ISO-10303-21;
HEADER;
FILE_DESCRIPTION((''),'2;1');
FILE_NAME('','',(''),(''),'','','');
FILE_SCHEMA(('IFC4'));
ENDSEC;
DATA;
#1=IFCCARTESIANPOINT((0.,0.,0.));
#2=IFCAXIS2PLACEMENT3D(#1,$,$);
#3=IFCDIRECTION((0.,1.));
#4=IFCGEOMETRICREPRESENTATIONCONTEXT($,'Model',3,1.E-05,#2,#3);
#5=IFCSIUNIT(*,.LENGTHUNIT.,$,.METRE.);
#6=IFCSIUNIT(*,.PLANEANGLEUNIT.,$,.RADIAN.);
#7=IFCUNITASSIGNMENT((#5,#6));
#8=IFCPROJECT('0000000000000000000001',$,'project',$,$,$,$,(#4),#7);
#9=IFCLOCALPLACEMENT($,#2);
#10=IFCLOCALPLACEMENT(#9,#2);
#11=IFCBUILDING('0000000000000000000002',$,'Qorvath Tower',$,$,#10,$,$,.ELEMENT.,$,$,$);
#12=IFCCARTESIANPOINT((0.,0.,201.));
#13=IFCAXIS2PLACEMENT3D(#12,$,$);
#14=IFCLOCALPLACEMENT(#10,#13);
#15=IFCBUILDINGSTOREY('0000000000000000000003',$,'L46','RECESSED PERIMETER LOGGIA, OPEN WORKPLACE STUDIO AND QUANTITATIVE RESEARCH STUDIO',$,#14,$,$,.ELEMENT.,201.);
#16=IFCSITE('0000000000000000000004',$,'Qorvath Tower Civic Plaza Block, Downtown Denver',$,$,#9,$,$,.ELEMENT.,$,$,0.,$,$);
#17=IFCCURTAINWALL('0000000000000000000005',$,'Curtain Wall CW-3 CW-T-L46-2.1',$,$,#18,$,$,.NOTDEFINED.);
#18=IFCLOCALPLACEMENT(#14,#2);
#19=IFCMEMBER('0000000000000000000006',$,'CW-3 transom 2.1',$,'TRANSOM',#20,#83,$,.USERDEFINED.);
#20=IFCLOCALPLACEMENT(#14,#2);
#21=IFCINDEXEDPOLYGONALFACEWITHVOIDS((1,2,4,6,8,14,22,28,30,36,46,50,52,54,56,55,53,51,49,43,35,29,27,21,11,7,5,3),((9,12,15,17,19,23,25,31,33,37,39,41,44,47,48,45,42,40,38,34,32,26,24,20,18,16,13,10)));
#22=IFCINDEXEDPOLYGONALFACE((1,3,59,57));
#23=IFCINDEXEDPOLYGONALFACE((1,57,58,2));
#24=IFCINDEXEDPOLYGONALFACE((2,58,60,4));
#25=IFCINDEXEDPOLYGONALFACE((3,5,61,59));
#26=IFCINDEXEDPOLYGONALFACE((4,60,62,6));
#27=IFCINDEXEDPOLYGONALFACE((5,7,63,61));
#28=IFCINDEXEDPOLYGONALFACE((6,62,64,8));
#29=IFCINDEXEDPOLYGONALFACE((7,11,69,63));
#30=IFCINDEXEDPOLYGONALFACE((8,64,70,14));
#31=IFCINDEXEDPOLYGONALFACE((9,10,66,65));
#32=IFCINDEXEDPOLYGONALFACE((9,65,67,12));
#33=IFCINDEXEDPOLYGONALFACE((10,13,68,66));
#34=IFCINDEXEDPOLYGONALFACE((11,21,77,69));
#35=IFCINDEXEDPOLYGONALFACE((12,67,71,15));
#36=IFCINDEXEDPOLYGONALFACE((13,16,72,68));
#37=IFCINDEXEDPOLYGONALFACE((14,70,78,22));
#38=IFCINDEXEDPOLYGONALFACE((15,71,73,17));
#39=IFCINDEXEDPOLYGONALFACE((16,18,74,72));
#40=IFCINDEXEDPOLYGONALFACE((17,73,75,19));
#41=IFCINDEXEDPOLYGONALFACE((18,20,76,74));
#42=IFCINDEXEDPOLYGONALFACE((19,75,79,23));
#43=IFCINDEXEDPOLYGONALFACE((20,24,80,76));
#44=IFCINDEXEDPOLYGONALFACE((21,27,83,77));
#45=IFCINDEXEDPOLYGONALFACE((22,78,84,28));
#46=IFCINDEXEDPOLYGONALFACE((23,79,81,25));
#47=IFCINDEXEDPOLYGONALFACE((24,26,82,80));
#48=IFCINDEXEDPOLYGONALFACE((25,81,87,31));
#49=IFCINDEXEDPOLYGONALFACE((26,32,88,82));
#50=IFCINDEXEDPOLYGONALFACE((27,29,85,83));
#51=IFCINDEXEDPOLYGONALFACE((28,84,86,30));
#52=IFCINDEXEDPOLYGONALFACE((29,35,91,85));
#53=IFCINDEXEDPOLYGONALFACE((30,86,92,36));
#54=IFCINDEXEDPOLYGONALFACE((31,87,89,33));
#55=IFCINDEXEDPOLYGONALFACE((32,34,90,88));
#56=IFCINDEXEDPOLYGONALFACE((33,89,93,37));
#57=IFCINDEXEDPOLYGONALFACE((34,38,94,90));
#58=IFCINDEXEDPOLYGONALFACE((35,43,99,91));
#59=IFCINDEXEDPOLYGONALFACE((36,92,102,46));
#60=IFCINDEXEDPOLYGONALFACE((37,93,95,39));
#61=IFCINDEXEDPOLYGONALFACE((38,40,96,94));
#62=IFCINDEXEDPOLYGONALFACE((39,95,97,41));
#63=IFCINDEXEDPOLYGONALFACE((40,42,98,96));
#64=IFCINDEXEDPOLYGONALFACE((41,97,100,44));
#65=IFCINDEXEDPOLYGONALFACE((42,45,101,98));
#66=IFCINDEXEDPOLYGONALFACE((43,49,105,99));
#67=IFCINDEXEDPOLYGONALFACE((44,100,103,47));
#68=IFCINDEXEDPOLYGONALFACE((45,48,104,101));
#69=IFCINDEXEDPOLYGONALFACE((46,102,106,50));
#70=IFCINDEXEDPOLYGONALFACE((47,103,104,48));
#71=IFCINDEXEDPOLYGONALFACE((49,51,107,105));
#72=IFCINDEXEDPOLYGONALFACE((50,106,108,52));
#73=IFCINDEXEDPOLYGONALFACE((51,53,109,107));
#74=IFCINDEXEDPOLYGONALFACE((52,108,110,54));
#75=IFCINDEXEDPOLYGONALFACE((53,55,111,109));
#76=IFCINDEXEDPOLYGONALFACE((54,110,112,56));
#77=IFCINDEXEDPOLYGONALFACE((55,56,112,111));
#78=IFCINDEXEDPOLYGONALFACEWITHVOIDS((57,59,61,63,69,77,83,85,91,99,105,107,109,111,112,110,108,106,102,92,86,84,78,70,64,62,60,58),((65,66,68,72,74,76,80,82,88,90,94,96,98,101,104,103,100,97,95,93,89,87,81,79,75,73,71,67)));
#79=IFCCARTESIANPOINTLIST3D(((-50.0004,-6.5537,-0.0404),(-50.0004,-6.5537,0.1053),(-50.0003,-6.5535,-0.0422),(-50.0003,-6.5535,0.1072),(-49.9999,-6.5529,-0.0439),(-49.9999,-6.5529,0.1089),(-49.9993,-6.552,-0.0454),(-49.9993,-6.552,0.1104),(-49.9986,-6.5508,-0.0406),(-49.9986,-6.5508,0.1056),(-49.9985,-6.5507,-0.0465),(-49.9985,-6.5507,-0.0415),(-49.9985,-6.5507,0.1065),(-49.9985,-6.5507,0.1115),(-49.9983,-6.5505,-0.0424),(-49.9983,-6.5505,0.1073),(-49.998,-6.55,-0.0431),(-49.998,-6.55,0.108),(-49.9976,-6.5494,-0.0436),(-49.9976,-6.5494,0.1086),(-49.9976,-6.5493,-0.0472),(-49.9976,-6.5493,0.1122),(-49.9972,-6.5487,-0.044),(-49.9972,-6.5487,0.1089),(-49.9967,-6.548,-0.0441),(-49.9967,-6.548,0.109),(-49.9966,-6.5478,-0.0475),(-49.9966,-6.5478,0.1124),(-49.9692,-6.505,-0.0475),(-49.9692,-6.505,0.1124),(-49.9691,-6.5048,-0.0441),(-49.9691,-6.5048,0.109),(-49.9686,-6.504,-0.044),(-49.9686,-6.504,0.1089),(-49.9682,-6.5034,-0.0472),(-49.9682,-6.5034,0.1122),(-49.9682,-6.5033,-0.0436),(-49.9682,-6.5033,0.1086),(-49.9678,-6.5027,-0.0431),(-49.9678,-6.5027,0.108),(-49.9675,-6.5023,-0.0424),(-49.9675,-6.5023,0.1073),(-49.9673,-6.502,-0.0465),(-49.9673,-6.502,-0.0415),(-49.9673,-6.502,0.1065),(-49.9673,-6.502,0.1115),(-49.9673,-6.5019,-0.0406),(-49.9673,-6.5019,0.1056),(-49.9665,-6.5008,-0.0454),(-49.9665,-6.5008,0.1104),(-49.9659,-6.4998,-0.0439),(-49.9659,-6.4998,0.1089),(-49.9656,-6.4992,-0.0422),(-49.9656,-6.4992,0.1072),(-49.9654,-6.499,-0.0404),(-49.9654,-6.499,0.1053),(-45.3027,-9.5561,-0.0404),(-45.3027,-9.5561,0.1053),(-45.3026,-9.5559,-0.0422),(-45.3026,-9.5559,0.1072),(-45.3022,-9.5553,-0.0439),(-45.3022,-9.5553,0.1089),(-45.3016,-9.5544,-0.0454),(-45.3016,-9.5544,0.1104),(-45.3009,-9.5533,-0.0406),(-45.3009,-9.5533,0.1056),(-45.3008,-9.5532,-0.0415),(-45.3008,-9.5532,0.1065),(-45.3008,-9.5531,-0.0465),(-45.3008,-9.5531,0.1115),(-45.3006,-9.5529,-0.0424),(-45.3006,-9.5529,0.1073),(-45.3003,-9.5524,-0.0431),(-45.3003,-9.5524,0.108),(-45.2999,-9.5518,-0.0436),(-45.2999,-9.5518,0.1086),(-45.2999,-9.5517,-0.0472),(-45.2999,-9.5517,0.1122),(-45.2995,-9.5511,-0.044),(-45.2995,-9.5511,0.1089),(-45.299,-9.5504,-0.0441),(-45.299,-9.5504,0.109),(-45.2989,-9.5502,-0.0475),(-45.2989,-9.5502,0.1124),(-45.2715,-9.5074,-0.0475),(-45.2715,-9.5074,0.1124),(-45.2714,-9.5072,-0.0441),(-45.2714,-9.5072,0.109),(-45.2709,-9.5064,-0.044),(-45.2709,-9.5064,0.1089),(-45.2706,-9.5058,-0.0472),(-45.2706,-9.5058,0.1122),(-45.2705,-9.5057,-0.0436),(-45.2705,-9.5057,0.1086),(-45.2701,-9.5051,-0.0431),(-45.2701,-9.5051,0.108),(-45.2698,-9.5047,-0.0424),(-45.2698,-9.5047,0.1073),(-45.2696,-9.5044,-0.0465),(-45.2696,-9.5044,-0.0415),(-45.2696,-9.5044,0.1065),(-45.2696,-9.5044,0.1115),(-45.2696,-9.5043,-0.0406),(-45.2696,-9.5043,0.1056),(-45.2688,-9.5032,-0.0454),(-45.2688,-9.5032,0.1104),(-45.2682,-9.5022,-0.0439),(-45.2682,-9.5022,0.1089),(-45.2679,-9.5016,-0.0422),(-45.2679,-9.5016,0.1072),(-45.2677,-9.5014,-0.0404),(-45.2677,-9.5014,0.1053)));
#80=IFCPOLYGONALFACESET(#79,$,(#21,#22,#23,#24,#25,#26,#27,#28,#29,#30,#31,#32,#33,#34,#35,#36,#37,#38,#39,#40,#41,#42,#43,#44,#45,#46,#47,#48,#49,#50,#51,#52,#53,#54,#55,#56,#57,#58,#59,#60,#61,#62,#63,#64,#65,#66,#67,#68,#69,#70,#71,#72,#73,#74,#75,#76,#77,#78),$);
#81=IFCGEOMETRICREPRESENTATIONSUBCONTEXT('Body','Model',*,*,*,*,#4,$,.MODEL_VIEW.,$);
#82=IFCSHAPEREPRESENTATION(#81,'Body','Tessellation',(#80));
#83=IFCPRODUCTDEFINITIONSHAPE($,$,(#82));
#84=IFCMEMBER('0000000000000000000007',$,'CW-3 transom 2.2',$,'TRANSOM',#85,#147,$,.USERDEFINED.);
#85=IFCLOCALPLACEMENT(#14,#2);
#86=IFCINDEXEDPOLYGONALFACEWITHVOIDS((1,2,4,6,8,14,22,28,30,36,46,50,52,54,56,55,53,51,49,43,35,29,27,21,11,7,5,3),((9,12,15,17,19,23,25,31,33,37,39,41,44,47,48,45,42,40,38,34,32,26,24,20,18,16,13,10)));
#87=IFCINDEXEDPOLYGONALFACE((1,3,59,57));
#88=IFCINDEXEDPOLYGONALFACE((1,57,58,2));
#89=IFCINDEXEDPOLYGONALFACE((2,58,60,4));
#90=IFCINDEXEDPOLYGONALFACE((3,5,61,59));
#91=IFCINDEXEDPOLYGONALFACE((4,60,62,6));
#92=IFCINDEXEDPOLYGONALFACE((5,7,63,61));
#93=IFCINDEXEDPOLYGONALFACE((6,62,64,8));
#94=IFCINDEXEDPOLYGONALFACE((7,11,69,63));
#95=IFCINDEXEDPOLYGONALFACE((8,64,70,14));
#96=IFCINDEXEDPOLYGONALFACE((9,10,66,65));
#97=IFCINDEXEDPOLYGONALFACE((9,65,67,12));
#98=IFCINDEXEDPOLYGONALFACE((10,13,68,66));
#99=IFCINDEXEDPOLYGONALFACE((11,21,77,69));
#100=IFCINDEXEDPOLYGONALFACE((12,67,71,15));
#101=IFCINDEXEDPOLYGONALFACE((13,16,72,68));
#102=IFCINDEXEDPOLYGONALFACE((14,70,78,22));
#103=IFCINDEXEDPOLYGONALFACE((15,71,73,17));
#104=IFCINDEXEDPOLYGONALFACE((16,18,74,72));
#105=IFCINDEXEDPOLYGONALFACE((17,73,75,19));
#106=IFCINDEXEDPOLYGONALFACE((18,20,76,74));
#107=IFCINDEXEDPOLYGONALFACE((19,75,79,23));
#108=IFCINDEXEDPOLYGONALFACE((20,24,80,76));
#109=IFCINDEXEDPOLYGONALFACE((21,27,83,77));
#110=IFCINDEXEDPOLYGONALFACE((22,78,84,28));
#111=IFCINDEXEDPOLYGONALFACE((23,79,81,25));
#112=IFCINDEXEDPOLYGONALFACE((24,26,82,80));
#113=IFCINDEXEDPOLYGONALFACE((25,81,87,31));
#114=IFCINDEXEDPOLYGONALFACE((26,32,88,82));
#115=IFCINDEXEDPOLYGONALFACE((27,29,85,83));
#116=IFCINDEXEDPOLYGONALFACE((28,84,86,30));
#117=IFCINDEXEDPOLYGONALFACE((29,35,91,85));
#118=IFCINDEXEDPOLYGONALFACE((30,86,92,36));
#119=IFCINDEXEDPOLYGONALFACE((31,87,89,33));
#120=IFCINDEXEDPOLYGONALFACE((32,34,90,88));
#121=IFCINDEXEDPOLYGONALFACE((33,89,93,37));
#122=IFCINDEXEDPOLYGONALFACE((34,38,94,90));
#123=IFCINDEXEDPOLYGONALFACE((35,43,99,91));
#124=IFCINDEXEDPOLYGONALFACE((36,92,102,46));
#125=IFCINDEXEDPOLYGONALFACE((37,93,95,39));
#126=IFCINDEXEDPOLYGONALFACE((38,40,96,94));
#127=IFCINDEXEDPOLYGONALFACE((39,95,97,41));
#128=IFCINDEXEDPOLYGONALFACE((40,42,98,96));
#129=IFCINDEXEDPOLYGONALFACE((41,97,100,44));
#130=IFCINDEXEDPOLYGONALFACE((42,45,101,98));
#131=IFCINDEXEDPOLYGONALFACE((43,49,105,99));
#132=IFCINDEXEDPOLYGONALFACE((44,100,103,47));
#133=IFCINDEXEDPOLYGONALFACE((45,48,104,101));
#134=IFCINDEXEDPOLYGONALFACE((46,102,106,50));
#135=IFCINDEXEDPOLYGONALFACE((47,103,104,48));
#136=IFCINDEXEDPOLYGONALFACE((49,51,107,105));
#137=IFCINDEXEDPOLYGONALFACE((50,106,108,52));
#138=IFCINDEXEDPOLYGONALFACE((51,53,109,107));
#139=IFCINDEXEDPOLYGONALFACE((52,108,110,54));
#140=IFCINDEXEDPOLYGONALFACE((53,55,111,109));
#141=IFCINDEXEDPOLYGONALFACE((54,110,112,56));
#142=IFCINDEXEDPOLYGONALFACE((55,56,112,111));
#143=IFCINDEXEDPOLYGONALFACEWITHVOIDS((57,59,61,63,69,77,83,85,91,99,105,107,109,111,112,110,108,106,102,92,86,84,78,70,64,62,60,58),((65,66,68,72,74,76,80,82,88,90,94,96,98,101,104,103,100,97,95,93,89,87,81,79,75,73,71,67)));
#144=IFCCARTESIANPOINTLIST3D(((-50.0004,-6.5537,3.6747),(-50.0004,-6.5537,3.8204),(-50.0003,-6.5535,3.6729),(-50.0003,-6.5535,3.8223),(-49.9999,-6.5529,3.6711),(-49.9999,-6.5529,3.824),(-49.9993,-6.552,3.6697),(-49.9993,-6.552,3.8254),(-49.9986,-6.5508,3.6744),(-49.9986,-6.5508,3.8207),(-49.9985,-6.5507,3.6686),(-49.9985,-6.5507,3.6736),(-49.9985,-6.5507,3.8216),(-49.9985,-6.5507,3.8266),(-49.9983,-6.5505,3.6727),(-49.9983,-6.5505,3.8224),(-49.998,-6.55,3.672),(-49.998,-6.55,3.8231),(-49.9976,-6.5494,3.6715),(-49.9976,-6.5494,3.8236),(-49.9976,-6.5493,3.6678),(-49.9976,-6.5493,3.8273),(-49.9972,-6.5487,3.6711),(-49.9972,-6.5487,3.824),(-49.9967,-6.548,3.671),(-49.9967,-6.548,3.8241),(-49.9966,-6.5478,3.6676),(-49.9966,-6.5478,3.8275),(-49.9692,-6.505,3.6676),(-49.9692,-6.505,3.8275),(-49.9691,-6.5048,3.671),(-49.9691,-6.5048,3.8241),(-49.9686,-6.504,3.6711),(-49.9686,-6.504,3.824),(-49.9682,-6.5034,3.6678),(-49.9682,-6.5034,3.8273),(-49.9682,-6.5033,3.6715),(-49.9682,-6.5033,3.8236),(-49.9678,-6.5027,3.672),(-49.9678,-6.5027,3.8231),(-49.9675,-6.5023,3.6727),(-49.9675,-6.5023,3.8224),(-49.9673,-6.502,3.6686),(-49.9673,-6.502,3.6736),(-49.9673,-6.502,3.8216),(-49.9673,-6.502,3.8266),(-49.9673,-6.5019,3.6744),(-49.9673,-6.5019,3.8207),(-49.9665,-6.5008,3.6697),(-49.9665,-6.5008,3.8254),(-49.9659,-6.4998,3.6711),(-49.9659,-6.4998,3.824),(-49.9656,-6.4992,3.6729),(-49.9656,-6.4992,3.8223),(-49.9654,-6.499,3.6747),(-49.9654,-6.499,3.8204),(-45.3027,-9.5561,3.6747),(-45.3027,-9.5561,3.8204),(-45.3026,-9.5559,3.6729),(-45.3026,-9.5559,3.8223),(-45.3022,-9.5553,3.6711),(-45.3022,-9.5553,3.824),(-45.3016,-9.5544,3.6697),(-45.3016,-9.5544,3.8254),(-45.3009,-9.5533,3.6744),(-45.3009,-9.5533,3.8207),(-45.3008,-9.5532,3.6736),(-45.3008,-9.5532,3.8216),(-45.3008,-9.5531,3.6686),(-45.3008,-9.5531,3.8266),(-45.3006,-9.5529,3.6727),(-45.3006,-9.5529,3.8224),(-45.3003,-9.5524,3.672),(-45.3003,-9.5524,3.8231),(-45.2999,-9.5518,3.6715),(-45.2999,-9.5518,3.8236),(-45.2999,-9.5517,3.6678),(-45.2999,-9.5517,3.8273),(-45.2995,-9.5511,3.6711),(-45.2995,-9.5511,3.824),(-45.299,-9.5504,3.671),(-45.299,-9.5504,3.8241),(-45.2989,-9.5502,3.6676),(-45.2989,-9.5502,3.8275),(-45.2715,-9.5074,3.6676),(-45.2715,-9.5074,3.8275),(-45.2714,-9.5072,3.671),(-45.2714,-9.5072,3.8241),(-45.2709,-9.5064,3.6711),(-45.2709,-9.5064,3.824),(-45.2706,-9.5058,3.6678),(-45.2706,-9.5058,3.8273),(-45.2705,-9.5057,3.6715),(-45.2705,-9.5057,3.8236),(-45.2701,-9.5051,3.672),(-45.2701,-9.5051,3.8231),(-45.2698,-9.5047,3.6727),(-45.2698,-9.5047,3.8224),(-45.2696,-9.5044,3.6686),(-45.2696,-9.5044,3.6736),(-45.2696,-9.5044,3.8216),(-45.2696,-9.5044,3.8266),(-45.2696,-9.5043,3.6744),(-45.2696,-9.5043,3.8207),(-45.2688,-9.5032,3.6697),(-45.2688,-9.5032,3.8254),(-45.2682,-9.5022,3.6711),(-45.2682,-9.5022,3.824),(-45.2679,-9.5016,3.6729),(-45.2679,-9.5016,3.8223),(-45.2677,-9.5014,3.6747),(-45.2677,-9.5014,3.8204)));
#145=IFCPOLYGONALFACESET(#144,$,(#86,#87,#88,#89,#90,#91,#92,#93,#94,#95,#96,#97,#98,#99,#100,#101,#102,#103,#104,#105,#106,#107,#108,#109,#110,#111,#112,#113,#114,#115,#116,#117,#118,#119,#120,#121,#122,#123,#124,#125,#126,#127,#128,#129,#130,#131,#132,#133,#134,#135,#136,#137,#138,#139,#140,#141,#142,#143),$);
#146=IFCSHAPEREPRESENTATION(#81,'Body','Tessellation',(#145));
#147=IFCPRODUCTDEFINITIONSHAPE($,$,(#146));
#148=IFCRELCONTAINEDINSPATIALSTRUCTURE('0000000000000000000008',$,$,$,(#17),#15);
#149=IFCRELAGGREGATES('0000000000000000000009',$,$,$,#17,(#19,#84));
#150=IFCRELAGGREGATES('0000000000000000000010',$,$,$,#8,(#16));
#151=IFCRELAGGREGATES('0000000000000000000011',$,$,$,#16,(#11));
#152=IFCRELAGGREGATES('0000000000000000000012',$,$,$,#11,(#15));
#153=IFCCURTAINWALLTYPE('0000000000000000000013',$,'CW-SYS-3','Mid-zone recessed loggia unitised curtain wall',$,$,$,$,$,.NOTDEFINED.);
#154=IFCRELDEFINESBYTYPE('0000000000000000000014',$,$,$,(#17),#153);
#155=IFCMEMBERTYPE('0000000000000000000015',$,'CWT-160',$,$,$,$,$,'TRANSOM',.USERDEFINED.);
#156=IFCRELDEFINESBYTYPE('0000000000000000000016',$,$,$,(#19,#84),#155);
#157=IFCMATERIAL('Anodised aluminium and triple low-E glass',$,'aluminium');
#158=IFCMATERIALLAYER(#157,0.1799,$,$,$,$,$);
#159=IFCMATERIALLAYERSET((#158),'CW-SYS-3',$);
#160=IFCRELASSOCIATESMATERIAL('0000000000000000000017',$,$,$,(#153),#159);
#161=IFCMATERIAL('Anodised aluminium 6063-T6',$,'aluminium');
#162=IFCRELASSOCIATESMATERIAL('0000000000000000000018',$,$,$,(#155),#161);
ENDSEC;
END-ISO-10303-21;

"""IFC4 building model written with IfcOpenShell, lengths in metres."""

from ifc_helpers import new_model, si_unit, direction, frame, origin, origin_2d, place, context, subcontext, project, spatial, hollow_rectangle, extrude, material, layer, layer_set, material_profile, profile_set, type_object, element, aggregate, save


model = new_model("IFC4")

# Units and contexts
model_context = context("Model", 3, precision=1e-05, world=origin(), true_north=direction((0.0, 1.0)))
body_context = subcontext(model_context, "Body", "Model", "MODEL_VIEW")
ifc_project = project(units=[si_unit("LENGTHUNIT", "METRE"), si_unit("PLANEANGLEUNIT", "RADIAN")], contexts=[model_context])

# Site, building, storey
site_placement = place(None, origin())
site = spatial("IfcSite", under=ifc_project, at=site_placement, Name="Qorvath Tower Civic Plaza Block, Downtown Denver", CompositionType="ELEMENT", RefElevation=0.0)
building_placement = place(site_placement, origin())
building = spatial("IfcBuilding", under=site, at=building_placement, Name="Qorvath Tower", CompositionType="ELEMENT")
storey_placement = place(building_placement, frame((0.0, 0.0, 201.0)))
storey = spatial("IfcBuildingStorey", under=building, at=storey_placement, Name="L46", Description="RECESSED PERIMETER LOGGIA, OPEN WORKPLACE STUDIO AND QUANTITATIVE RESEARCH STUDIO", CompositionType="ELEMENT", Elevation=201.0)

# Curtain wall, members
ifc_material_1 = material(Name="Anodised aluminium and triple low-E glass", Category="aluminium")
ifc_layer_1 = layer(ifc_material_1, 0.1799)
ifc_layer_set_1 = layer_set([ifc_layer_1], Name="CW-SYS-3")
curtain_wall_type = type_object("IfcCurtainWallType", Name="CW-SYS-3", Description="Mid-zone recessed loggia unitised curtain wall", PredefinedType="NOTDEFINED", material=ifc_layer_set_1)
curtain_wall_placement = place(storey_placement, origin())
curtain_wall = element("IfcCurtainWall", 1, at=curtain_wall_placement, inside=storey, type_object=curtain_wall_type, Name="Curtain Wall CW-3 CW-T-L46-2.1", PredefinedType="NOTDEFINED")
ifc_material_2 = material(Name="Anodised aluminium 6063-T6", Category="aluminium")
ifc_material_profile_1 = material_profile(ifc_material_2, hollow_rectangle(XDim=0.0649, YDim=0.1599, WallThickness=0.0034, InnerFilletRadius=0.0034, OuterFilletRadius=0.0071, at=origin_2d()), Name="CWT 160x65")
ifc_profile_set_1 = profile_set([ifc_material_profile_1], Name="Anodised aluminium 6063-T6")
member_type_1 = type_object("IfcMemberType", Name="CWT-160", ElementType="TRANSOM", PredefinedType="USERDEFINED", material=ifc_profile_set_1)
member_1_placement = place(storey_placement, frame((-49.9829, -6.5264, 0.0325), z_axis=(0.842607, -0.538529, 0.0), x_axis=(0.538529, 0.842607, 0.0)))
member_1 = element("IfcMember", 2, at=member_1_placement, type_object=member_type_1, Name="CW-3 transom 2.1", ObjectType="TRANSOM", PredefinedType="USERDEFINED", context=body_context, shape_type="SweptSolid", body=[
    extrude(hollow_rectangle(XDim=0.0649, YDim=0.1599, WallThickness=0.0034, InnerFilletRadius=0.0034, OuterFilletRadius=0.0071, at=origin_2d()), origin(), (0.0, 0.0, 1.0), 5.5752),
])
member_2_placement = place(storey_placement, frame((-49.9829, -6.5264, 3.7476), z_axis=(0.842607, -0.538529, 0.0), x_axis=(0.538529, 0.842607, 0.0)))
member_2 = element("IfcMember", 3, at=member_2_placement, type_object=member_type_1, Name="CW-3 transom 2.2", ObjectType="TRANSOM", PredefinedType="USERDEFINED", context=body_context, shape_type="SweptSolid", body=[
    extrude(hollow_rectangle(XDim=0.0649, YDim=0.1599, WallThickness=0.0034, InnerFilletRadius=0.0034, OuterFilletRadius=0.0071, at=origin_2d()), origin(), (0.0, 0.0, 1.0), 5.5752),
])

aggregate(curtain_wall, [member_1, member_2])

save(model, "model.ifc")
